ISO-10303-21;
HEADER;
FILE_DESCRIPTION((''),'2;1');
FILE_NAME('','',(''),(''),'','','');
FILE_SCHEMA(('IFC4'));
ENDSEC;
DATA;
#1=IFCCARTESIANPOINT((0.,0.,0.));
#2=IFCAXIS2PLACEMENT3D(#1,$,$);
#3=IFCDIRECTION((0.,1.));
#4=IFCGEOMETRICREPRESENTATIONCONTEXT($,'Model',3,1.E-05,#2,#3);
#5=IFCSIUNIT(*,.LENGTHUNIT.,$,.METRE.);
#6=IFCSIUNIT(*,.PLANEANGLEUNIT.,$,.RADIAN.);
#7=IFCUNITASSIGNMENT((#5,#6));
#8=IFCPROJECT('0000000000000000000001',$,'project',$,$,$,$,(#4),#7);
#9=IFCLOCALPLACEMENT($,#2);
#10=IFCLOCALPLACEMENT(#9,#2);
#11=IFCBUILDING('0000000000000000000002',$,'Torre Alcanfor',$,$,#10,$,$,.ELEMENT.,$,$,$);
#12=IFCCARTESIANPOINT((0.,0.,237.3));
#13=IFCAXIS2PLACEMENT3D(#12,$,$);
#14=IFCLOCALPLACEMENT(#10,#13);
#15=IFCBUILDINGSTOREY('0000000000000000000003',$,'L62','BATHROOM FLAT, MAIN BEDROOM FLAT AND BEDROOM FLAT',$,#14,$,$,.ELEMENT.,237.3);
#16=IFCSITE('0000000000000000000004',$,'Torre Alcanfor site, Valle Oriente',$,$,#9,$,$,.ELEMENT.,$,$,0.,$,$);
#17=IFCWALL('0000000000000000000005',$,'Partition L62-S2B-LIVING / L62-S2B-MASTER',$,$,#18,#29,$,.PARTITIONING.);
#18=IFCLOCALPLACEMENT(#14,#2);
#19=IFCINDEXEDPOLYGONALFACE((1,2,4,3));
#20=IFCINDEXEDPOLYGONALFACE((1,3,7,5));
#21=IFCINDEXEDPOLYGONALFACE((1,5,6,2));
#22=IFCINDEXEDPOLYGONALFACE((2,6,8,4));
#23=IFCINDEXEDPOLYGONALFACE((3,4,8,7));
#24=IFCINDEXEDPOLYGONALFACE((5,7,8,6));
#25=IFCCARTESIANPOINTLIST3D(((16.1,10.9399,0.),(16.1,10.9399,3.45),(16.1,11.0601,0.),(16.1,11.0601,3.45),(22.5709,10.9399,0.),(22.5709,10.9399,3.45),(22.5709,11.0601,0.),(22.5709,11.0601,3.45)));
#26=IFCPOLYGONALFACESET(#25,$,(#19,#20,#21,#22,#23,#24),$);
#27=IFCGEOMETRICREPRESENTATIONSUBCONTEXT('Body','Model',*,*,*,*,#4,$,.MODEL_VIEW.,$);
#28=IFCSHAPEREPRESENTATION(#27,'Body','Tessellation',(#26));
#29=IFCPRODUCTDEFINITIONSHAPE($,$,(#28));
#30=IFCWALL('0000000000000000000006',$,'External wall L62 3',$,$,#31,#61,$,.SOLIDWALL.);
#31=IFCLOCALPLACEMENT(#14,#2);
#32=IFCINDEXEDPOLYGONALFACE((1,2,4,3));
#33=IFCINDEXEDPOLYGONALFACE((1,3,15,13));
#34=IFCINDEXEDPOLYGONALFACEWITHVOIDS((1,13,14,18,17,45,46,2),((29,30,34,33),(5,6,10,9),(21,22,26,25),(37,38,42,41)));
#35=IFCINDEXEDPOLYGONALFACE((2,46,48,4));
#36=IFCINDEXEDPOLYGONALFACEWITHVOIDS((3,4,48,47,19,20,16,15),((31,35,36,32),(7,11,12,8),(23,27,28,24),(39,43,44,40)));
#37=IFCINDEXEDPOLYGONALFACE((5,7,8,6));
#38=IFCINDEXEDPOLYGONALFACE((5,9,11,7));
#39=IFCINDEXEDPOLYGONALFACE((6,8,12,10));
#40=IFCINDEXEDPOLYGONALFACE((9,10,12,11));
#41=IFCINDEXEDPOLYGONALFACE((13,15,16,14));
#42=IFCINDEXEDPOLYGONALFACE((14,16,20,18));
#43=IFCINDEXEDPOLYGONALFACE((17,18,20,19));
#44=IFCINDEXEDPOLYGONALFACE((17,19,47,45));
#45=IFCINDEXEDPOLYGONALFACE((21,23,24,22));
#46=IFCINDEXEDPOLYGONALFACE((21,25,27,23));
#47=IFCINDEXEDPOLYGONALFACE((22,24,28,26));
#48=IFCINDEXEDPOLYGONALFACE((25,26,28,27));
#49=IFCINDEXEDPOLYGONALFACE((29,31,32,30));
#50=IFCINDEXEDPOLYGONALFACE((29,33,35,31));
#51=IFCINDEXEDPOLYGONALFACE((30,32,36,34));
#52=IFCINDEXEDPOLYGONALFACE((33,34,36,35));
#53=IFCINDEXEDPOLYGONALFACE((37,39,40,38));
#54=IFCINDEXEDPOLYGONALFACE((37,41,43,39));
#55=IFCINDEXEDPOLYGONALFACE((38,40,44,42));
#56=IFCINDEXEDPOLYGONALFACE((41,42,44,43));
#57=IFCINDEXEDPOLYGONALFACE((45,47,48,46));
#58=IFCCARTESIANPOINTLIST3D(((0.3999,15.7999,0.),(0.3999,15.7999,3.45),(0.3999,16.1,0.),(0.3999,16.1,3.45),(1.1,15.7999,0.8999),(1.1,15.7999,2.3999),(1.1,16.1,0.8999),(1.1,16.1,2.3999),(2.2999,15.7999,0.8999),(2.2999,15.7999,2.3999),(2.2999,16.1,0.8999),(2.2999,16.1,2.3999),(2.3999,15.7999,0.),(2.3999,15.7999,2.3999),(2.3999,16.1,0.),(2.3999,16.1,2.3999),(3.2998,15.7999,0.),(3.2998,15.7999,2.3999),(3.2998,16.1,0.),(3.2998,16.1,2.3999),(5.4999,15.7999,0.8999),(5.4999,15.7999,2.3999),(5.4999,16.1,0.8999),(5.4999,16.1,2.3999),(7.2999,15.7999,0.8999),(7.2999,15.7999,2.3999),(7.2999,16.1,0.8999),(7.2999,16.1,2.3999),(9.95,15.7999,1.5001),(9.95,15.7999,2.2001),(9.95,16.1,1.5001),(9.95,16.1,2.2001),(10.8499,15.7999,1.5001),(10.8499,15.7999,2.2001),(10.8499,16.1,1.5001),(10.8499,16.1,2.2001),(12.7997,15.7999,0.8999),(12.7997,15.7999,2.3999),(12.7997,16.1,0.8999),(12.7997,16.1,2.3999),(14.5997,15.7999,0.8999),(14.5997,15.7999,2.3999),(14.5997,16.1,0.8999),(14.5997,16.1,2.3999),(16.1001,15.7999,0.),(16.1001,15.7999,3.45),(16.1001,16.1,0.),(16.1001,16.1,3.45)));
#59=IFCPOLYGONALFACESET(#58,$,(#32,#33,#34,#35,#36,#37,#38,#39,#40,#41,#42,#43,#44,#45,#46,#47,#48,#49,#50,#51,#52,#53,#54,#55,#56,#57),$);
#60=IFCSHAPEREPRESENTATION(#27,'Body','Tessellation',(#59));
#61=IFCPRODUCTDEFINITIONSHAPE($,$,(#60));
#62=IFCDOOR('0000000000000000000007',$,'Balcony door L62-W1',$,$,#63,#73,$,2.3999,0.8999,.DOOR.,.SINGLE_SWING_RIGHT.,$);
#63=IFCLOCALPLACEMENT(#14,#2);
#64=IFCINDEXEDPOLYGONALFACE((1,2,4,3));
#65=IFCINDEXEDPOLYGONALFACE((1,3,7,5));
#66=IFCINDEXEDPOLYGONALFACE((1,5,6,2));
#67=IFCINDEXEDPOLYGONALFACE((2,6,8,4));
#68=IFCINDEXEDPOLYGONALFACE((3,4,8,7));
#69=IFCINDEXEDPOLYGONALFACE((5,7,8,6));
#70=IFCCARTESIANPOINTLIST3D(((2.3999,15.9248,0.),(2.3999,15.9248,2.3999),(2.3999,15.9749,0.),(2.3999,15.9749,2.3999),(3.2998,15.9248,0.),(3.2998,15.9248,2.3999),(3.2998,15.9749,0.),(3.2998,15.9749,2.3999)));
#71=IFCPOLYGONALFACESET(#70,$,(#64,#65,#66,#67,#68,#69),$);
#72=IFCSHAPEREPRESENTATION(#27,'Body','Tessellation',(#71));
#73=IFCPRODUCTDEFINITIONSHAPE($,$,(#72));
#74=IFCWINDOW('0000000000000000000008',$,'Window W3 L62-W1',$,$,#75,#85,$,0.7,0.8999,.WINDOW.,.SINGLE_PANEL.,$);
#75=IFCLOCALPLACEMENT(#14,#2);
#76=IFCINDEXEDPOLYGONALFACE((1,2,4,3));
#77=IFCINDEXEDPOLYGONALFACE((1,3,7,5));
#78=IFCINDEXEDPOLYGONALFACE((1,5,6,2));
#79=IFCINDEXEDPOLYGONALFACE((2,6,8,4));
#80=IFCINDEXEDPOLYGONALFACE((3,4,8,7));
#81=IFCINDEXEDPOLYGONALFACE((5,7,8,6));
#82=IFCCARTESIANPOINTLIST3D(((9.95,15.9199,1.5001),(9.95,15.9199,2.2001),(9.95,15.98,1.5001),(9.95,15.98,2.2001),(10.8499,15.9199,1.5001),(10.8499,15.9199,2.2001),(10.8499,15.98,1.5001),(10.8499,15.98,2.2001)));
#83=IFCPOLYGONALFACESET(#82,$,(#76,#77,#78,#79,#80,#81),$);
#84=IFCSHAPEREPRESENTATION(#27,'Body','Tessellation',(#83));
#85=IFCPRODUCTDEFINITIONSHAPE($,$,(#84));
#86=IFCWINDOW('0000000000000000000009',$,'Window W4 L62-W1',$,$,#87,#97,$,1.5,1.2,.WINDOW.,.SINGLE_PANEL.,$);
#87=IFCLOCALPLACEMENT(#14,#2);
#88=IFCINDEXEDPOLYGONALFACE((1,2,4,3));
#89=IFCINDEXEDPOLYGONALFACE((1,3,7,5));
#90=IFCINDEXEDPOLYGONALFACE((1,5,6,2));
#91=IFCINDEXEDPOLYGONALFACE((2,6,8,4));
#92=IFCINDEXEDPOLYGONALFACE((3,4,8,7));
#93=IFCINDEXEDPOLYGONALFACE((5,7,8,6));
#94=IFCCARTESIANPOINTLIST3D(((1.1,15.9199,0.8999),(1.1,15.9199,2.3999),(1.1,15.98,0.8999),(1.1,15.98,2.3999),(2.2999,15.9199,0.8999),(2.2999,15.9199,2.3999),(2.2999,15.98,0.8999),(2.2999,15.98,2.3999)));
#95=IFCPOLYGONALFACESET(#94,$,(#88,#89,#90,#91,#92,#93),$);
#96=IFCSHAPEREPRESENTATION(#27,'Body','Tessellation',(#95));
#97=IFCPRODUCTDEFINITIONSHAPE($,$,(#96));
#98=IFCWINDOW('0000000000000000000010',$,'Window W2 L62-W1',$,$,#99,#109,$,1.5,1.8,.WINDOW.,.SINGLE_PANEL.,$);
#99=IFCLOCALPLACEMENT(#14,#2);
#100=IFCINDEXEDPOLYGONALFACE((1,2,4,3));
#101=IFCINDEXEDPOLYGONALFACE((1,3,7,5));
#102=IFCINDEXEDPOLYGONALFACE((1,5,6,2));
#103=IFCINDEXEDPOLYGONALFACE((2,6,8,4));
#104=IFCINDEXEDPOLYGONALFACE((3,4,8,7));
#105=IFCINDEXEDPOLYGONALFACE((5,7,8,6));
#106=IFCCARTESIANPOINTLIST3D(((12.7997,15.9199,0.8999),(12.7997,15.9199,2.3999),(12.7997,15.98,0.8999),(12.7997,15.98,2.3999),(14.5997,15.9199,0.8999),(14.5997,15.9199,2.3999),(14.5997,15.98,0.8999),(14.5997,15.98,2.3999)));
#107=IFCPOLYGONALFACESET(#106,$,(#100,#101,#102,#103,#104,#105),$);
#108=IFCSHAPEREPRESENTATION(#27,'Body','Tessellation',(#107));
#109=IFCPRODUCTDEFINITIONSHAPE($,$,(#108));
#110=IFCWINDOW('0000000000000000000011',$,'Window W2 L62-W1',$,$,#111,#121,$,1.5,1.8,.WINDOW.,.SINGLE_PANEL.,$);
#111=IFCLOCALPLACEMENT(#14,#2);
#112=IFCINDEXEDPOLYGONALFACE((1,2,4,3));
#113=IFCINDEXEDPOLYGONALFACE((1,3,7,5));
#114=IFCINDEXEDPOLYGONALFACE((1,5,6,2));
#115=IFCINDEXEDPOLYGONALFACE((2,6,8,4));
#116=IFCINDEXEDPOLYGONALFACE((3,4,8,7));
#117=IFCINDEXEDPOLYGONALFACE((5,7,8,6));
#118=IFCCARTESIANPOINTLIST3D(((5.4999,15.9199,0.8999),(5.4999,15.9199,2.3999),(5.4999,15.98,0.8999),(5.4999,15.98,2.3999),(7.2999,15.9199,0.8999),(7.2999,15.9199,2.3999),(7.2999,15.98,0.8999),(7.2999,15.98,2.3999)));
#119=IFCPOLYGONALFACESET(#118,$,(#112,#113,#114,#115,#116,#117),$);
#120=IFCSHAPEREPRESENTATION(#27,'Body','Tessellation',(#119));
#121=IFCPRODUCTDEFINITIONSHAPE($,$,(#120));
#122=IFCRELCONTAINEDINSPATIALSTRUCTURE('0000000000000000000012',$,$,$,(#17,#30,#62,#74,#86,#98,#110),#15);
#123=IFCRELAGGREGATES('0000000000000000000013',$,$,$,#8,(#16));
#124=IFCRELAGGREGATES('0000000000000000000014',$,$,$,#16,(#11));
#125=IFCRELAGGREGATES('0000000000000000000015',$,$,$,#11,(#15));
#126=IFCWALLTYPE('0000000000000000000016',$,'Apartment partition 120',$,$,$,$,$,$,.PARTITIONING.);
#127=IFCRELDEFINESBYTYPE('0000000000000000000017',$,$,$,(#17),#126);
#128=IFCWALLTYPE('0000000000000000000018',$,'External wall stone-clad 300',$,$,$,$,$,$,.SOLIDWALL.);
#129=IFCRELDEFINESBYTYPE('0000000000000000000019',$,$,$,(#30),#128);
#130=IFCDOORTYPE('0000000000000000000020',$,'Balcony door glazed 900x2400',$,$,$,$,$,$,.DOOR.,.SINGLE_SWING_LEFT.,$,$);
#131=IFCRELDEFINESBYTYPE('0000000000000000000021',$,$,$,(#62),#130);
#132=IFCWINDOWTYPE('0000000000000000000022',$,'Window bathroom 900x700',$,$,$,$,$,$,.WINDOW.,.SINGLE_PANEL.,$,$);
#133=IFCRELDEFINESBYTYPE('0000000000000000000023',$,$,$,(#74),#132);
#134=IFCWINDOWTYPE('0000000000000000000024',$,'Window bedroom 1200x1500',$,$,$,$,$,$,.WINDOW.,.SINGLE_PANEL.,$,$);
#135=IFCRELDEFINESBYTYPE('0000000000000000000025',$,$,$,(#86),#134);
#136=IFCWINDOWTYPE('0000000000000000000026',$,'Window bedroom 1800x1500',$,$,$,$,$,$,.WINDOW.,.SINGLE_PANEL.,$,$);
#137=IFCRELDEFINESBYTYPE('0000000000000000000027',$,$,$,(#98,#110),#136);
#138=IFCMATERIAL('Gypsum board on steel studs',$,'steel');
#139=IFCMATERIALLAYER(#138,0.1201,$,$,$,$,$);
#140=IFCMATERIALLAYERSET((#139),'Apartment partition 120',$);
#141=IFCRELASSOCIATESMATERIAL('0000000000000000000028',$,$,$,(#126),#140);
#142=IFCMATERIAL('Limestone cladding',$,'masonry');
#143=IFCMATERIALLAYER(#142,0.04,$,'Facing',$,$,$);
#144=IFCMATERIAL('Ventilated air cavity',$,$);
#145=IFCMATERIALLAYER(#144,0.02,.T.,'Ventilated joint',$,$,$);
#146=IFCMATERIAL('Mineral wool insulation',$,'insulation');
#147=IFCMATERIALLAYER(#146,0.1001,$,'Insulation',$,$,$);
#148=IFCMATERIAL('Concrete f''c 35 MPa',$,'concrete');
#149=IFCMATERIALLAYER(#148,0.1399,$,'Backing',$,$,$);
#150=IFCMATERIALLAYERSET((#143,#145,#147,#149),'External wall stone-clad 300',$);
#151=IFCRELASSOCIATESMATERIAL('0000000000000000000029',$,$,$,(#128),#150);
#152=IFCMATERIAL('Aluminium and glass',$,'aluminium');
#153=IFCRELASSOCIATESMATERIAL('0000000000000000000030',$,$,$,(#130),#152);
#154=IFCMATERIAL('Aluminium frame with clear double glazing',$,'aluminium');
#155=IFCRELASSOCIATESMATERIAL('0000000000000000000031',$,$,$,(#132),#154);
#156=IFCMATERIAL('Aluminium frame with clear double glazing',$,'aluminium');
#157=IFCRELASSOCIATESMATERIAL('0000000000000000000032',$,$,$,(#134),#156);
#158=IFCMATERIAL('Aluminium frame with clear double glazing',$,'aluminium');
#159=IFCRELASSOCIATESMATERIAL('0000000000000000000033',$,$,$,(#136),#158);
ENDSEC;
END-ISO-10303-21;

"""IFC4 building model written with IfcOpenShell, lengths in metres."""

from ifc_helpers import new_model, si_unit, direction, frame, frame_2d, origin, place, context, subcontext, project, spatial, rectangle, extrude, material, layer, layer_set, type_object, element, fill, save


model = new_model("IFC4")

# Units and contexts
model_context = context("Model", 3, precision=1e-05, world=origin(), true_north=direction((0.0, 1.0)))
body_context = subcontext(model_context, "Body", "Model", "MODEL_VIEW")
ifc_project = project(units=[si_unit("LENGTHUNIT", "METRE"), si_unit("PLANEANGLEUNIT", "RADIAN")], contexts=[model_context])

# Site, building, storey
site_placement = place(None, origin())
site = spatial("IfcSite", under=ifc_project, at=site_placement, Name="Torre Alcanfor site, Valle Oriente", CompositionType="ELEMENT", RefElevation=0.0)
building_placement = place(site_placement, origin())
building = spatial("IfcBuilding", under=site, at=building_placement, Name="Torre Alcanfor", CompositionType="ELEMENT")
storey_placement = place(building_placement, frame((0.0, 0.0, 237.3)))
storey = spatial("IfcBuildingStorey", under=building, at=storey_placement, Name="L62", Description="BATHROOM FLAT, MAIN BEDROOM FLAT AND BEDROOM FLAT", CompositionType="ELEMENT", Elevation=237.3)

# Wall
ifc_material_1 = material(Name="Gypsum board on steel studs", Category="steel")
ifc_layer_1 = layer(ifc_material_1, 0.1201)
ifc_layer_set_1 = layer_set([ifc_layer_1], Name="Apartment partition 120")
wall_type_1 = type_object("IfcWallType", Name="Apartment partition 120", PredefinedType="PARTITIONING", material=ifc_layer_set_1)
wall_1_placement = place(storey_placement, frame((16.1001, 11.0, 0.0), z_axis=(0.0, 0.0, 1.0), x_axis=(1.0, 0.0, 0.0)))
element("IfcWall", 1, at=wall_1_placement, inside=storey, type_object=wall_type_1, Name="Partition L62-S2B-LIVING / L62-S2B-MASTER", PredefinedType="PARTITIONING", context=body_context, shape_type="SweptSolid", body=[
    extrude(rectangle(XDim=6.4709, YDim=0.1201, at=frame_2d((3.2354, 0.0))), origin(), (0.0, 0.0, 1.0), 3.45),
])

# Wall, openings, door, windows
ifc_material_2 = material(Name="Limestone cladding", Category="masonry")
ifc_layer_2 = layer(ifc_material_2, 0.04, Name="Facing")
ifc_material_3 = material(Name="Ventilated air cavity")
ifc_layer_3 = layer(ifc_material_3, 0.02, ventilated=True, Name="Ventilated joint")
ifc_material_4 = material(Name="Mineral wool insulation", Category="insulation")
ifc_layer_4 = layer(ifc_material_4, 0.1001, Name="Insulation")
ifc_material_5 = material(Name="Concrete f'c 35 MPa", Category="concrete")
ifc_layer_5 = layer(ifc_material_5, 0.1399, Name="Backing")
ifc_layer_set_2 = layer_set([ifc_layer_2, ifc_layer_3, ifc_layer_4, ifc_layer_5], Name="External wall stone-clad 300")
wall_type_2 = type_object("IfcWallType", Name="External wall stone-clad 300", PredefinedType="SOLIDWALL", material=ifc_layer_set_2)
wall_2_placement = place(storey_placement, frame((0.3999, 15.95, 0.0), z_axis=(0.0, 0.0, 1.0), x_axis=(1.0, 0.0, 0.0)))
wall_2 = element("IfcWall", 2, at=wall_2_placement, inside=storey, type_object=wall_type_2, Name="External wall L62 3", PredefinedType="SOLIDWALL", context=body_context, shape_type="SweptSolid", body=[
    extrude(rectangle(XDim=15.7002, YDim=0.3, at=frame_2d((7.8501, 0.0))), origin(), (0.0, 0.0, 1.0), 3.45),
])
opening_1_placement = place(wall_2_placement, frame((12.3999, 0.0, 0.8999)))
opening_1 = element("IfcOpeningElement", 3, at=opening_1_placement, cuts=wall_2, PredefinedType="OPENING", context=body_context, shape_type="SweptSolid", body=[
    extrude(rectangle(XDim=1.8, YDim=1.5, at=frame_2d((0.8999, 0.75))), frame((0.0, 0.1599, 0.0), z_axis=(0.0, -1.0, 0.0), x_axis=(1.0, 0.0, 0.0)), (0.0, 0.0, 1.0), 0.3201),
])
opening_2_placement = place(wall_2_placement, frame((9.55, 0.0, 1.5)))
opening_2 = element("IfcOpeningElement", 4, at=opening_2_placement, cuts=wall_2, PredefinedType="OPENING", context=body_context, shape_type="SweptSolid", body=[
    extrude(rectangle(XDim=0.8999, YDim=0.7, at=frame_2d((0.45, 0.3501))), frame((0.0, 0.1599, 0.0), z_axis=(0.0, -1.0, 0.0), x_axis=(1.0, 0.0, 0.0)), (0.0, 0.0, 1.0), 0.3201),
])
opening_3_placement = place(wall_2_placement, frame((5.1001, 0.0, 0.8999)))
opening_3 = element("IfcOpeningElement", 5, at=opening_3_placement, cuts=wall_2, PredefinedType="OPENING", context=body_context, shape_type="SweptSolid", body=[
    extrude(rectangle(XDim=1.8, YDim=1.5, at=frame_2d((0.8999, 0.75))), frame((0.0, 0.1599, 0.0), z_axis=(0.0, -1.0, 0.0), x_axis=(1.0, 0.0, 0.0)), (0.0, 0.0, 1.0), 0.3201),
])
opening_4_placement = place(wall_2_placement, frame((2.0, 0.0, 0.0)))
opening_4 = element("IfcOpeningElement", 6, at=opening_4_placement, cuts=wall_2, PredefinedType="OPENING", context=body_context, shape_type="SweptSolid", body=[
    extrude(rectangle(XDim=0.8999, YDim=2.3999, at=frame_2d((0.45, 1.2))), frame((0.0, 0.1599, 0.0), z_axis=(0.0, -1.0, 0.0), x_axis=(1.0, 0.0, 0.0)), (0.0, 0.0, 1.0), 0.3201),
])
opening_5_placement = place(wall_2_placement, frame((0.7, 0.0, 0.8999)))
opening_5 = element("IfcOpeningElement", 7, at=opening_5_placement, cuts=wall_2, PredefinedType="OPENING", context=body_context, shape_type="SweptSolid", body=[
    extrude(rectangle(XDim=1.2, YDim=1.5, at=frame_2d((0.6001, 0.75))), frame((0.0, 0.1599, 0.0), z_axis=(0.0, -1.0, 0.0), x_axis=(1.0, 0.0, 0.0)), (0.0, 0.0, 1.0), 0.3201),
])
ifc_material_6 = material(Name="Aluminium and glass", Category="aluminium")
door_type = type_object("IfcDoorType", Name="Balcony door glazed 900x2400", OperationType="SINGLE_SWING_LEFT", PredefinedType="DOOR", material=ifc_material_6)
door_placement = place(opening_4_placement, origin())
door = element("IfcDoor", 8, at=door_placement, inside=storey, type_object=door_type, Name="Balcony door L62-W1", OperationType="SINGLE_SWING_RIGHT", OverallHeight=2.3999, OverallWidth=0.8999, PredefinedType="DOOR", context=body_context, shape_type="SweptSolid", body=[
    extrude(rectangle(XDim=0.8999, YDim=2.3999, at=frame_2d((0.45, 1.2))), frame((0.0, 0.0249, 0.0), z_axis=(0.0, -1.0, 0.0), x_axis=(1.0, 0.0, 0.0)), (0.0, 0.0, 1.0), 0.05),
])
fill(opening_4, door)
ifc_material_7 = material(Name="Aluminium frame with clear double glazing", Category="aluminium")
window_type_1 = type_object("IfcWindowType", Name="Window bathroom 900x700", PartitioningType="SINGLE_PANEL", PredefinedType="WINDOW", material=ifc_material_7)
window_1_placement = place(opening_2_placement, origin())
window_1 = element("IfcWindow", 9, at=window_1_placement, inside=storey, type_object=window_type_1, Name="Window W3 L62-W1", OverallHeight=0.7, OverallWidth=0.8999, PartitioningType="SINGLE_PANEL", PredefinedType="WINDOW", context=body_context, shape_type="SweptSolid", body=[
    extrude(rectangle(XDim=0.8999, YDim=0.7, at=frame_2d((0.45, 0.3501))), frame((0.0, 0.03, 0.0), z_axis=(0.0, -1.0, 0.0), x_axis=(1.0, 0.0, 0.0)), (0.0, 0.0, 1.0), 0.0601),
])
fill(opening_2, window_1)
ifc_material_8 = material(Name="Aluminium frame with clear double glazing", Category="aluminium")
window_type_2 = type_object("IfcWindowType", Name="Window bedroom 1200x1500", PartitioningType="SINGLE_PANEL", PredefinedType="WINDOW", material=ifc_material_8)
window_2_placement = place(opening_5_placement, origin())
window_2 = element("IfcWindow", 10, at=window_2_placement, inside=storey, type_object=window_type_2, Name="Window W4 L62-W1", OverallHeight=1.5, OverallWidth=1.2, PartitioningType="SINGLE_PANEL", PredefinedType="WINDOW", context=body_context, shape_type="SweptSolid", body=[
    extrude(rectangle(XDim=1.2, YDim=1.5, at=frame_2d((0.6001, 0.75))), frame((0.0, 0.03, 0.0), z_axis=(0.0, -1.0, 0.0), x_axis=(1.0, 0.0, 0.0)), (0.0, 0.0, 1.0), 0.0601),
])
fill(opening_5, window_2)
ifc_material_9 = material(Name="Aluminium frame with clear double glazing", Category="aluminium")
window_type_3 = type_object("IfcWindowType", Name="Window bedroom 1800x1500", PartitioningType="SINGLE_PANEL", PredefinedType="WINDOW", material=ifc_material_9)
window_3_placement = place(opening_1_placement, origin())
window_3 = element("IfcWindow", 11, at=window_3_placement, inside=storey, type_object=window_type_3, Name="Window W2 L62-W1", OverallHeight=1.5, OverallWidth=1.8, PartitioningType="SINGLE_PANEL", PredefinedType="WINDOW", context=body_context, shape_type="SweptSolid", body=[
    extrude(rectangle(XDim=1.8, YDim=1.5, at=frame_2d((0.8999, 0.75))), frame((0.0, 0.03, 0.0), z_axis=(0.0, -1.0, 0.0), x_axis=(1.0, 0.0, 0.0)), (0.0, 0.0, 1.0), 0.0601),
])
fill(opening_1, window_3)
window_4_placement = place(opening_3_placement, origin())
window_4 = element("IfcWindow", 12, at=window_4_placement, inside=storey, type_object=window_type_3, Name="Window W2 L62-W1", OverallHeight=1.5, OverallWidth=1.8, PartitioningType="SINGLE_PANEL", PredefinedType="WINDOW", context=body_context, shape_type="SweptSolid", body=[
    extrude(rectangle(XDim=1.8, YDim=1.5, at=frame_2d((0.8999, 0.75))), frame((0.0, 0.03, 0.0), z_axis=(0.0, -1.0, 0.0), x_axis=(1.0, 0.0, 0.0)), (0.0, 0.0, 1.0), 0.0601),
])
fill(opening_3, window_4)

save(model, "model.ifc")
